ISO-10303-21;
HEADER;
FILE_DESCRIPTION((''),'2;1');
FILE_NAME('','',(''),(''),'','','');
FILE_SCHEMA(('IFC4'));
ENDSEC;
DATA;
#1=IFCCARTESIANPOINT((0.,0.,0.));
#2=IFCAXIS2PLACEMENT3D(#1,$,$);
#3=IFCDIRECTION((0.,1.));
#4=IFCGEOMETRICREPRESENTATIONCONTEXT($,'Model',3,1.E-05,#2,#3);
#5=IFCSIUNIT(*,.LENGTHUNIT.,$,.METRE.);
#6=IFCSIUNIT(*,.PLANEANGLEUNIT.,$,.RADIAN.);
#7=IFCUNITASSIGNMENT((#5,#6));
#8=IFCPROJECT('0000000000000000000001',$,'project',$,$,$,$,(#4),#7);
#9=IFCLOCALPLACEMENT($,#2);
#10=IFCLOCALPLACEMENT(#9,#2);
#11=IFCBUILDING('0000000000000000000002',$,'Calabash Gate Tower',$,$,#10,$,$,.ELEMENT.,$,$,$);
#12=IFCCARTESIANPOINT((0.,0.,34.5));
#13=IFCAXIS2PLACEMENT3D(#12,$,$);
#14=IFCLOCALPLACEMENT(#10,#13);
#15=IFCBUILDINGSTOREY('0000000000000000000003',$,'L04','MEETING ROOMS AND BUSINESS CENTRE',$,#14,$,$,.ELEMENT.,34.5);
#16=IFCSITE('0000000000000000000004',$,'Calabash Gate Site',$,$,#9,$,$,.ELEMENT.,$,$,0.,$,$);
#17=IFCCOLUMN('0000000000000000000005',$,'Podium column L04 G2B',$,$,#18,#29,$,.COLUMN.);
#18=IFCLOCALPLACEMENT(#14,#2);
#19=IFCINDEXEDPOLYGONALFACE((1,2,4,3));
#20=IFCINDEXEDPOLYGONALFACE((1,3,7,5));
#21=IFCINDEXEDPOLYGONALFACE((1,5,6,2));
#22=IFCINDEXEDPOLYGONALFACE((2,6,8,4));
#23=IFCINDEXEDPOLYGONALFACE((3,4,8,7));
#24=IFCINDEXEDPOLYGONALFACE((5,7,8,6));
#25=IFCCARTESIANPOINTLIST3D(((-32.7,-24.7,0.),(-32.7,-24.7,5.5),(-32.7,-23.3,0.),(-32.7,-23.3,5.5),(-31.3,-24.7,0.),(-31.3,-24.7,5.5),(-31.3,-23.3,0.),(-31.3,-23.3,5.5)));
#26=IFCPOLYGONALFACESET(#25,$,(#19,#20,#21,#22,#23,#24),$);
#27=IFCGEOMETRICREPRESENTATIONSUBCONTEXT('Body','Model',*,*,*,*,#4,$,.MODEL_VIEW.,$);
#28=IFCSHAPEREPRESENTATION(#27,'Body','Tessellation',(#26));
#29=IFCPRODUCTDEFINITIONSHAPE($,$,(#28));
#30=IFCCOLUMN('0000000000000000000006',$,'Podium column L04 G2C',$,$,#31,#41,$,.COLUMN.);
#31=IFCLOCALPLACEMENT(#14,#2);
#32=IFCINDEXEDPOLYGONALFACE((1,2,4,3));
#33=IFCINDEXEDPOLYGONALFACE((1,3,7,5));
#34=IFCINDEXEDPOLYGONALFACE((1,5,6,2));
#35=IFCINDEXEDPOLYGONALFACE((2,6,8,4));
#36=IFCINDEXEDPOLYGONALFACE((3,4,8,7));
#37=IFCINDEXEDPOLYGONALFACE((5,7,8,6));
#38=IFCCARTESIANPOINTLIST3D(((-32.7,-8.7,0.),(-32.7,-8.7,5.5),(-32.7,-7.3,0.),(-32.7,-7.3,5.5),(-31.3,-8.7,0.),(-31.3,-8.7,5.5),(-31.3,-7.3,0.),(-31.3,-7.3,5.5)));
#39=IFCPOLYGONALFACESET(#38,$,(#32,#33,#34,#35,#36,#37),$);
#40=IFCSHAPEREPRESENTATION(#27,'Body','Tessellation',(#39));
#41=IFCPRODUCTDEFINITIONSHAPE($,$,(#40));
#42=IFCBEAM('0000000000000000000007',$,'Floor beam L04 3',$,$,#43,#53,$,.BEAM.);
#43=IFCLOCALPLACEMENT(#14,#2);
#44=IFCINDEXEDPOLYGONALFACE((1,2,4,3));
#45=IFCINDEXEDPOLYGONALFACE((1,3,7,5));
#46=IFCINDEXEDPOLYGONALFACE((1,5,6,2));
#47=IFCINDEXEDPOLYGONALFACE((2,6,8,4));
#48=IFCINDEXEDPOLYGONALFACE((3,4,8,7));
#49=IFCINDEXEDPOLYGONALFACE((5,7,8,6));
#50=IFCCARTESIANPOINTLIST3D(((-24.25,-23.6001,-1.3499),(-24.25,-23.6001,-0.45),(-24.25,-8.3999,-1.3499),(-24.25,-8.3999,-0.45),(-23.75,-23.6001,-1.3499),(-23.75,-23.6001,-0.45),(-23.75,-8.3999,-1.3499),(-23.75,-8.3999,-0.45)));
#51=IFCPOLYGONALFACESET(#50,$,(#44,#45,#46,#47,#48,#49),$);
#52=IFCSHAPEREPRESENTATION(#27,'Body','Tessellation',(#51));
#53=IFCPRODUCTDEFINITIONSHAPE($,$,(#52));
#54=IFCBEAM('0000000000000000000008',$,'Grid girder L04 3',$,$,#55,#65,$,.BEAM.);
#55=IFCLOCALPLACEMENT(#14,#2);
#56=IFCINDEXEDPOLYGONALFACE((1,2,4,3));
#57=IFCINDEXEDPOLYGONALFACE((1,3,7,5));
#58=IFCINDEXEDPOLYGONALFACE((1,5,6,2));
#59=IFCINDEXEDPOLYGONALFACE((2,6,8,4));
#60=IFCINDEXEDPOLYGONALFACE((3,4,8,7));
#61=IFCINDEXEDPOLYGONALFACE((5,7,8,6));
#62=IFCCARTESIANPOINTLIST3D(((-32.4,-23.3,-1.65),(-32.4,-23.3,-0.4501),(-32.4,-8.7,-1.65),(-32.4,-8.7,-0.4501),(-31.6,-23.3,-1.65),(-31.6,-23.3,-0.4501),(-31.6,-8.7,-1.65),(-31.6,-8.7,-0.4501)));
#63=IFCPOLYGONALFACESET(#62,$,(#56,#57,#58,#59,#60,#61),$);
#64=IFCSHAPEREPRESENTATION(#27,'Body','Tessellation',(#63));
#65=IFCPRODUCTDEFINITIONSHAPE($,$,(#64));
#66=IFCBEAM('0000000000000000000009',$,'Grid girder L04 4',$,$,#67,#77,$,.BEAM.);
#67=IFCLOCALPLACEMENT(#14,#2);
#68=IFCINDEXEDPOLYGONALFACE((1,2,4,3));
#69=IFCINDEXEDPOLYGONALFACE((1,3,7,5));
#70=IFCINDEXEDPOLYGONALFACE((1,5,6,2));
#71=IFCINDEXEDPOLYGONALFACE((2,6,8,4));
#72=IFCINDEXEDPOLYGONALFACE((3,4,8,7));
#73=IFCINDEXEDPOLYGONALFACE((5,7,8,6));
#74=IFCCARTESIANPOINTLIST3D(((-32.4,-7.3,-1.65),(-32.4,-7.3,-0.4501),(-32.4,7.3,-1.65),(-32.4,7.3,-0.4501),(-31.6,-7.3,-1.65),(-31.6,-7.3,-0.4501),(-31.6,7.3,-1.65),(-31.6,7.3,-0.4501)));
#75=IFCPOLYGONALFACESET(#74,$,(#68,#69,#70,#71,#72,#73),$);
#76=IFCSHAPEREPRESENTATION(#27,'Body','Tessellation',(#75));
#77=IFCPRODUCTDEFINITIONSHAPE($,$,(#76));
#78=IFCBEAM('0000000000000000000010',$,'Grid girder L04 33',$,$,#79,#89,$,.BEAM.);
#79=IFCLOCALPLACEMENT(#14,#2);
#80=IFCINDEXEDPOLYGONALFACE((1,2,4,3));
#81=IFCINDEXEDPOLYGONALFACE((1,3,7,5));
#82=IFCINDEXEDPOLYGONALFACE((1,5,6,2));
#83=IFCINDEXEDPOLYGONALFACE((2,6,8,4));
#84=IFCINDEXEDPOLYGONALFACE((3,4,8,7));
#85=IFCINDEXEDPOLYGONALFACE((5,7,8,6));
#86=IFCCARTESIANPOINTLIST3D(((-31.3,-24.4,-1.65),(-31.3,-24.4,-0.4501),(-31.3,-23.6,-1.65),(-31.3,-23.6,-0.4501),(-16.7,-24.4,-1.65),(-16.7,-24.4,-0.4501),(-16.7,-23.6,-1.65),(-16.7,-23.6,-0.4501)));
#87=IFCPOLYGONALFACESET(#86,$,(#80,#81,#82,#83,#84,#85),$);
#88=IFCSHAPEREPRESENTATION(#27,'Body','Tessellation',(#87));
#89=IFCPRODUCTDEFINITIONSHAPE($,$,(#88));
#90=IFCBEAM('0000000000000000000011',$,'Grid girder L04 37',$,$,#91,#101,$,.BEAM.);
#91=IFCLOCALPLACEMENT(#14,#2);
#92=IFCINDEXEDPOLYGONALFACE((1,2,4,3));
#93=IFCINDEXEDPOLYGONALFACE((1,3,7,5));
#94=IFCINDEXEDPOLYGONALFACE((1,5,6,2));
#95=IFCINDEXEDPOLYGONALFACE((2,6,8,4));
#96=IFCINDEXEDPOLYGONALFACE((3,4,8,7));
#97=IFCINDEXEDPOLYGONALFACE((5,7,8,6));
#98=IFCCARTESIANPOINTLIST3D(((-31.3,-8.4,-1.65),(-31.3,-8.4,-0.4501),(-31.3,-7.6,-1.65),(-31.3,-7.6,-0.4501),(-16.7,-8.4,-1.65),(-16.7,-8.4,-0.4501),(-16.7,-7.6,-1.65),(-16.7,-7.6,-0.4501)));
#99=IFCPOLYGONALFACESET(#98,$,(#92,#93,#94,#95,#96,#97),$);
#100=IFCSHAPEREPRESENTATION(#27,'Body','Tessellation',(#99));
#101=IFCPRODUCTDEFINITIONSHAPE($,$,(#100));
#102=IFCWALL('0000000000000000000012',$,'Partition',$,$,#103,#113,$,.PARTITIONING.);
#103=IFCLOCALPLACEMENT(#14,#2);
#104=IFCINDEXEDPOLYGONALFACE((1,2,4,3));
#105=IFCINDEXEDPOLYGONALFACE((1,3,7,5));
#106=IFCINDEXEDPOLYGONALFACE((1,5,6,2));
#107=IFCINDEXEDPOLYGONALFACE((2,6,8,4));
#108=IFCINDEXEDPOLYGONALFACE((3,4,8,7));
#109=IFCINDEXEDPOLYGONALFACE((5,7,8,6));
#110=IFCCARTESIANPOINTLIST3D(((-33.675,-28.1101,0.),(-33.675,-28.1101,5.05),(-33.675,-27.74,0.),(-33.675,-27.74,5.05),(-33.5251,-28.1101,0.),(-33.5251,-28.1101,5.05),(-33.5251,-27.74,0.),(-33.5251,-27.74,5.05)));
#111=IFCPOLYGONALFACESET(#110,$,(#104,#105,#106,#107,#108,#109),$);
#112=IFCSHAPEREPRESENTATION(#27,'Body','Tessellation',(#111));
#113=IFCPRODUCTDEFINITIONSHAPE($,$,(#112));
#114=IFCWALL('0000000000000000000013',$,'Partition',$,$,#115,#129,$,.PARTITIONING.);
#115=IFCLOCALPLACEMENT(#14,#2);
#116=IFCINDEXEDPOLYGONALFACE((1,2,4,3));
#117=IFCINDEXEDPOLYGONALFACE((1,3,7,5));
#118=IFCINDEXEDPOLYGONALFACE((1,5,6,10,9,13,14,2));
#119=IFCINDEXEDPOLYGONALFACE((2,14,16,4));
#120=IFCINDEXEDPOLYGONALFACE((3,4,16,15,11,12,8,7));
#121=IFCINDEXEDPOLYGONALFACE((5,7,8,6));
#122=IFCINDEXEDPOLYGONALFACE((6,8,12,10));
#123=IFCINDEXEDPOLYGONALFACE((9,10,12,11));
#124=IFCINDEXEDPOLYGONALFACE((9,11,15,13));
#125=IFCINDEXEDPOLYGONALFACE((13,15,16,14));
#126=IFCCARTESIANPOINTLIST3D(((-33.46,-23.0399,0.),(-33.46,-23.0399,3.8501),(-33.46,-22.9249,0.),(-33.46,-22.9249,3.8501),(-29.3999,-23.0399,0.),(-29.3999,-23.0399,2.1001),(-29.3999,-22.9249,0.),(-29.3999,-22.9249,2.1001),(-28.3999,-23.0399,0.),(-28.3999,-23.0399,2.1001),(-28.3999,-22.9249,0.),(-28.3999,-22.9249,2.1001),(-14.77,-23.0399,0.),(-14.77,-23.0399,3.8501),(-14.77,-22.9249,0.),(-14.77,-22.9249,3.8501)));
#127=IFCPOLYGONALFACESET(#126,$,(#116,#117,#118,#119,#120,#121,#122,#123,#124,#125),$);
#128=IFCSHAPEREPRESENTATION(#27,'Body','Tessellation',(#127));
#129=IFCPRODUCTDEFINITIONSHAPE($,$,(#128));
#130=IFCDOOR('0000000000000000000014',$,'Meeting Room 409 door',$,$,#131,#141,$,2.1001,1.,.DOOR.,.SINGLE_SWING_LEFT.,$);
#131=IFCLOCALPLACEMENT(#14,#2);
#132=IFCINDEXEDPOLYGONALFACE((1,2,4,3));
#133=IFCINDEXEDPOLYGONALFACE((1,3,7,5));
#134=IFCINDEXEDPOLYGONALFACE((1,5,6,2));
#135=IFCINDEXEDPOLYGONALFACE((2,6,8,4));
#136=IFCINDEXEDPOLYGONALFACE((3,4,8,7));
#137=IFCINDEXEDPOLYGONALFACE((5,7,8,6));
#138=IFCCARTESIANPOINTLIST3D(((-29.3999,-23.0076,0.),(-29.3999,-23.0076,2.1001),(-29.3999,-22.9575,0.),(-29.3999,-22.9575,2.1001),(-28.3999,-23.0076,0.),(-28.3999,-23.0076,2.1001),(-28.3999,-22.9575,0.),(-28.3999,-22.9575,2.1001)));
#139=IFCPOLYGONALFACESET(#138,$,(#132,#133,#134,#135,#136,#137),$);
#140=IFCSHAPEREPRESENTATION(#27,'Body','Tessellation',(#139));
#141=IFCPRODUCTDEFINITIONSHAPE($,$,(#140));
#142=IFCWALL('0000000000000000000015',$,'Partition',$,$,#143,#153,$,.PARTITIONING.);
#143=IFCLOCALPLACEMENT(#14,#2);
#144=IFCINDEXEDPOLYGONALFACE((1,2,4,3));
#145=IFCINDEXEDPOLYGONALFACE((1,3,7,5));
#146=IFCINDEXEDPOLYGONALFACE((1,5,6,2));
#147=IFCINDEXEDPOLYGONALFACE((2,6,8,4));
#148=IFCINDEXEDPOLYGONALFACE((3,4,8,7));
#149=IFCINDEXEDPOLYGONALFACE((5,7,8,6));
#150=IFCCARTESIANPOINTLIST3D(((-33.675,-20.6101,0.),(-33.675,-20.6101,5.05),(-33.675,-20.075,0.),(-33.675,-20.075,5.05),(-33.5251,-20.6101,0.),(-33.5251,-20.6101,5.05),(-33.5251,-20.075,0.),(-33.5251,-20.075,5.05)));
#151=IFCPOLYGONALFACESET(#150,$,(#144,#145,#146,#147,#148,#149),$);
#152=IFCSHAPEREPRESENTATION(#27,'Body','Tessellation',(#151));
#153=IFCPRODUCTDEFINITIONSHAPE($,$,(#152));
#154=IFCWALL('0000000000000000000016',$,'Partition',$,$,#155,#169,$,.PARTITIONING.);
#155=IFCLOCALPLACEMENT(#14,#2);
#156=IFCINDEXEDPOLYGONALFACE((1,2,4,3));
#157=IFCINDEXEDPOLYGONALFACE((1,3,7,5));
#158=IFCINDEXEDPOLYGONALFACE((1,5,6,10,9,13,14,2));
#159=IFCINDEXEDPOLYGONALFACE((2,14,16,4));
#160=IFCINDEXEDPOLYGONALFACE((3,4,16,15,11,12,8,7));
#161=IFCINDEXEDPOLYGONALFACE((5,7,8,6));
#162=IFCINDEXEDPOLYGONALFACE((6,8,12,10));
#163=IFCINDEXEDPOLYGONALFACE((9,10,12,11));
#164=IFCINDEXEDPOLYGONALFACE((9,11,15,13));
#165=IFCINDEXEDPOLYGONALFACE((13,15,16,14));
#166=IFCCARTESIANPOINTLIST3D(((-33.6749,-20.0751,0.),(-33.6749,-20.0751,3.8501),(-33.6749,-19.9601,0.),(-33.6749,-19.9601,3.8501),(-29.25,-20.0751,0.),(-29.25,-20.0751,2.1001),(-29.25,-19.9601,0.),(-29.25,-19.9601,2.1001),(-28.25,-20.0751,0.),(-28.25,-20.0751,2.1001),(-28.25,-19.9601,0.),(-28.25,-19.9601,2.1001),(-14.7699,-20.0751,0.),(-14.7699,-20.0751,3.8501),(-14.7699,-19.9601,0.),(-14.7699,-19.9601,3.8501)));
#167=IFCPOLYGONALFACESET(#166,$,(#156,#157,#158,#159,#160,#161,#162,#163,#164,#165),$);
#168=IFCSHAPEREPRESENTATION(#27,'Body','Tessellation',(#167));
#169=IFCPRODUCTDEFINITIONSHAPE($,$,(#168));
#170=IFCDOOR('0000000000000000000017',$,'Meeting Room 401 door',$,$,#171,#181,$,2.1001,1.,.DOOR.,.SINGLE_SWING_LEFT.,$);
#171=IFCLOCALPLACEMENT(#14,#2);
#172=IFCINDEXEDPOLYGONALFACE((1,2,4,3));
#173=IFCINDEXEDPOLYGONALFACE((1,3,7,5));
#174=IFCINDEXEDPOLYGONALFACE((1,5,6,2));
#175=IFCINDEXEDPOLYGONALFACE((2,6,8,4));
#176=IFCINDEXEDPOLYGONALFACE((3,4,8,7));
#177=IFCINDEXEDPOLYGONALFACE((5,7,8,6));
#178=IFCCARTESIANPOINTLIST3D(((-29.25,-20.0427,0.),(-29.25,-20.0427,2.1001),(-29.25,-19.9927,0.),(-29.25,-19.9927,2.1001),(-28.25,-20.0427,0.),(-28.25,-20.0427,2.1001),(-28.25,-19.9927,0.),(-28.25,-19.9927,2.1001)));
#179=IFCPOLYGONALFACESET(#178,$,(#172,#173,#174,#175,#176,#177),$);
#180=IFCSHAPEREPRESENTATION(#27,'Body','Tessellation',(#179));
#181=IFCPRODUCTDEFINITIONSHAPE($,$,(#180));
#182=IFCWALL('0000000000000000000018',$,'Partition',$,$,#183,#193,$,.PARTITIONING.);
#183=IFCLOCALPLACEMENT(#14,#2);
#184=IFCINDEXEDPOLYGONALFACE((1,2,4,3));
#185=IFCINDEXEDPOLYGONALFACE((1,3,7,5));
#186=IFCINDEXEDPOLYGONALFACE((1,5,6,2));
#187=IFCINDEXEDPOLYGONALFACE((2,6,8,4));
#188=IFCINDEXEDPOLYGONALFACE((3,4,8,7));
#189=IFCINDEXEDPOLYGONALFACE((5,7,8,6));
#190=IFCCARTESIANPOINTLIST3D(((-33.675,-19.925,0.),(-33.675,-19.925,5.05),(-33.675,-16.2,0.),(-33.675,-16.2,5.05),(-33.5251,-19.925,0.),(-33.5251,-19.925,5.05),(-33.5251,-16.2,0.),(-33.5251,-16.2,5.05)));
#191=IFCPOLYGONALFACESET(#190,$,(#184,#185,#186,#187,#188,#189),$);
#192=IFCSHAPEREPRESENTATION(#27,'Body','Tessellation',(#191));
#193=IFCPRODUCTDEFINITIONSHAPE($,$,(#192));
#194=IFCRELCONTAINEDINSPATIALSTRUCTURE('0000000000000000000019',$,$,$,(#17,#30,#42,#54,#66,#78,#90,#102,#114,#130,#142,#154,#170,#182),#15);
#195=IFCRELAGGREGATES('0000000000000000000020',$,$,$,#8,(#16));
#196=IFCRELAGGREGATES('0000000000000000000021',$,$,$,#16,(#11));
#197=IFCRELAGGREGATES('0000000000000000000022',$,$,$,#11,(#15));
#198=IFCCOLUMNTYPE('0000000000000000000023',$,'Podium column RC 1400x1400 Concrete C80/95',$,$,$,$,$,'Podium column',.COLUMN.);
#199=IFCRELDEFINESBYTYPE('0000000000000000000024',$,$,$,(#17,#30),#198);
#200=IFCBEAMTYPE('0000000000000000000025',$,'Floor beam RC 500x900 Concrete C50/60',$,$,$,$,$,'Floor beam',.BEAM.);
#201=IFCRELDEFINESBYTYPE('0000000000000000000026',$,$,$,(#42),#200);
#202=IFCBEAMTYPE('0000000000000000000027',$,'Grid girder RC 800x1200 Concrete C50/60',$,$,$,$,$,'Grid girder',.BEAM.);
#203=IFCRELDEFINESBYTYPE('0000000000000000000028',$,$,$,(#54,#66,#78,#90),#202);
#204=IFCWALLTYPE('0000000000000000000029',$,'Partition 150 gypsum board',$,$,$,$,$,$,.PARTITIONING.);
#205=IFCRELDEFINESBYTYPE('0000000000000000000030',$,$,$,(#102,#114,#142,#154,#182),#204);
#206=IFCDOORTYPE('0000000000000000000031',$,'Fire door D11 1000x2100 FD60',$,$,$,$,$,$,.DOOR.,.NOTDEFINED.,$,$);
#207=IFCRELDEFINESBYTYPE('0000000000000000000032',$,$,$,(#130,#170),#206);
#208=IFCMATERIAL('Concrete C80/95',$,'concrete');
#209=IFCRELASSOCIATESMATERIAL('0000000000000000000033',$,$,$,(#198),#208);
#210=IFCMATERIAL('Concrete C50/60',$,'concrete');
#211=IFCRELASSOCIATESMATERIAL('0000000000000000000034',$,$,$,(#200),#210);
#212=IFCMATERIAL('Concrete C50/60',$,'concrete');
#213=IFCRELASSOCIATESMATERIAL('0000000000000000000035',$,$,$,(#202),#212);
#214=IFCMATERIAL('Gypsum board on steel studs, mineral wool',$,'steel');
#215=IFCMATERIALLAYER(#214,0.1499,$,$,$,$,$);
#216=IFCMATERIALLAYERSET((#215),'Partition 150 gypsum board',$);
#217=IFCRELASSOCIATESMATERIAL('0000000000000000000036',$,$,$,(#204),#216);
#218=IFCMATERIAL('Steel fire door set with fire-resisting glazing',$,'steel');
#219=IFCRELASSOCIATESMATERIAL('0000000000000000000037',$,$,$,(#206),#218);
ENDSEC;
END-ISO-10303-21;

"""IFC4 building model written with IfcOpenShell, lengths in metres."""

from ifc_helpers import new_model, si_unit, direction, frame, frame_2d, origin, origin_2d, place, context, subcontext, project, spatial, rectangle, extrude, material, layer, layer_set, material_profile, profile_set, type_object, element, fill, save


model = new_model("IFC4")

# Units and contexts
model_context = context("Model", 3, precision=1e-05, world=origin(), true_north=direction((0.0, 1.0)))
body_context = subcontext(model_context, "Body", "Model", "MODEL_VIEW")
ifc_project = project(units=[si_unit("LENGTHUNIT", "METRE"), si_unit("PLANEANGLEUNIT", "RADIAN")], contexts=[model_context])

# Site, building, storey
site_placement = place(None, origin())
site = spatial("IfcSite", under=ifc_project, at=site_placement, Name="Calabash Gate Site", CompositionType="ELEMENT", RefElevation=0.0)
building_placement = place(site_placement, origin())
building = spatial("IfcBuilding", under=site, at=building_placement, Name="Calabash Gate Tower", CompositionType="ELEMENT")
storey_placement = place(building_placement, frame((0.0, 0.0, 34.5)))
storey = spatial("IfcBuildingStorey", under=building, at=storey_placement, Name="L04", Description="MEETING ROOMS AND BUSINESS CENTRE", CompositionType="ELEMENT", Elevation=34.5)

# Columns
ifc_material_1 = material(Name="Concrete C80/95", Category="concrete")
ifc_material_profile_1 = material_profile(ifc_material_1, rectangle(XDim=1.3999, YDim=1.3999, at=origin_2d()))
ifc_profile_set_1 = profile_set([ifc_material_profile_1], Name="Concrete C80/95")
column_type = type_object("IfcColumnType", Name="Podium column RC 1400x1400 Concrete C80/95", ElementType="Podium column", PredefinedType="COLUMN", material=ifc_profile_set_1)
for number, where, z_axis, x_axis, name in (
    (1, (-32.0, -24.0, 0.0), (0.0, 0.0, 1.0), (1.0, 0.0, 0.0), "Podium column L04 G2B"),
    (2, (-32.0, -8.0, 0.0), (0.0, 0.0, 1.0), (1.0, 0.0, 0.0), "Podium column L04 G2C"),
):
    element("IfcColumn", number, at=place(storey_placement, frame(where, z_axis=z_axis, x_axis=x_axis)), inside=storey, type_object=column_type, Name=name, PredefinedType="COLUMN", context=body_context, shape_type="SweptSolid", body=[
        extrude(rectangle(XDim=1.3999, YDim=1.3999, at=origin_2d()), origin(), (0.0, 0.0, 1.0), 5.5),
    ])

# Beams
ifc_material_2 = material(Name="Concrete C50/60", Category="concrete")
ifc_material_profile_2 = material_profile(ifc_material_2, rectangle(XDim=0.5, YDim=0.8999, at=origin_2d()))
ifc_profile_set_2 = profile_set([ifc_material_profile_2], Name="Concrete C50/60")
beam_type_1 = type_object("IfcBeamType", Name="Floor beam RC 500x900 Concrete C50/60", ElementType="Floor beam", PredefinedType="BEAM", material=ifc_profile_set_2)
beam_placement = place(storey_placement, frame((-24.0, -23.6001, -0.8999), z_axis=(0.0, 1.0, 0.0), x_axis=(-1.0, 0.0, 0.0)))
element("IfcBeam", 3, at=beam_placement, inside=storey, type_object=beam_type_1, Name="Floor beam L04 3", PredefinedType="BEAM", context=body_context, shape_type="SweptSolid", body=[
    extrude(rectangle(XDim=0.5, YDim=0.8999, at=origin_2d()), origin(), (0.0, 0.0, 1.0), 15.2002),
])
ifc_material_3 = material(Name="Concrete C50/60", Category="concrete")
ifc_material_profile_3 = material_profile(ifc_material_3, rectangle(XDim=0.8, YDim=1.2, at=origin_2d()))
ifc_profile_set_3 = profile_set([ifc_material_profile_3], Name="Concrete C50/60")
beam_type_2 = type_object("IfcBeamType", Name="Grid girder RC 800x1200 Concrete C50/60", ElementType="Grid girder", PredefinedType="BEAM", material=ifc_profile_set_3)
for number, where, z_axis, x_axis, name in (
    (4, (-32.0, -23.3, -1.05), (0.0, 1.0, 0.0), (-1.0, 0.0, 0.0), "Grid girder L04 3"),
    (5, (-32.0, -7.3, -1.05), (0.0, 1.0, 0.0), (-1.0, 0.0, 0.0), "Grid girder L04 4"),
    (6, (-31.3, -24.0, -1.05), (1.0, 0.0, 0.0), (0.0, 1.0, 0.0), "Grid girder L04 33"),
    (7, (-31.3, -8.0, -1.05), (1.0, 0.0, 0.0), (0.0, 1.0, 0.0), "Grid girder L04 37"),
):
    element("IfcBeam", number, at=place(storey_placement, frame(where, z_axis=z_axis, x_axis=x_axis)), inside=storey, type_object=beam_type_2, Name=name, PredefinedType="BEAM", context=body_context, shape_type="SweptSolid", body=[
        extrude(rectangle(XDim=0.8, YDim=1.2, at=origin_2d()), origin(), (0.0, 0.0, 1.0), 14.6001),
    ])

# Wall
ifc_material_4 = material(Name="Gypsum board on steel studs, mineral wool", Category="steel")
ifc_layer_1 = layer(ifc_material_4, 0.1499)
ifc_layer_set_1 = layer_set([ifc_layer_1], Name="Partition 150 gypsum board")
wall_type_1 = type_object("IfcWallType", Name="Partition 150 gypsum board", PredefinedType="PARTITIONING", material=ifc_layer_set_1)
wall_1_placement = place(storey_placement, frame((-33.6001, -28.1101, 0.0), z_axis=(0.0, 0.0, 1.0), x_axis=(0.0, 1.0, 0.0)))
element("IfcWall", 8, at=wall_1_placement, inside=storey, type_object=wall_type_1, Name="Partition", PredefinedType="PARTITIONING", context=body_context, shape_type="SweptSolid", body=[
    extrude(rectangle(XDim=0.3701, YDim=0.1499, at=frame_2d((0.1851, 0.0))), origin(), (0.0, 0.0, 1.0), 5.05),
])

# Wall, opening, door
wall_2_placement = place(storey_placement, frame((-33.46, -22.9824, 0.0), z_axis=(0.0, 0.0, 1.0), x_axis=(1.0, 0.0, 0.0)))
wall_2 = element("IfcWall", 9, at=wall_2_placement, inside=storey, type_object=wall_type_1, Name="Partition", PredefinedType="PARTITIONING", context=body_context, shape_type="SweptSolid", body=[
    extrude(rectangle(XDim=18.6899, YDim=0.115, at=frame_2d((9.345, 0.0))), origin(), (0.0, 0.0, 1.0), 3.8501),
])
opening_1_placement = place(wall_2_placement, frame((4.0601, 0.0, 0.0)))
opening_1 = element("IfcOpeningElement", 10, at=opening_1_placement, cuts=wall_2, PredefinedType="OPENING", context=body_context, shape_type="SweptSolid", body=[
    extrude(rectangle(XDim=1.0, YDim=2.1001, at=frame_2d((0.5, 1.05))), frame((0.0, 0.0674, 0.0), z_axis=(0.0, -1.0, 0.0), x_axis=(1.0, 0.0, 0.0)), (0.0, 0.0, 1.0), 0.135),
])
ifc_material_5 = material(Name="Steel fire door set with fire-resisting glazing", Category="steel")
door_type_1 = type_object("IfcDoorType", Name="Fire door D11 1000x2100 FD60", OperationType="NOTDEFINED", PredefinedType="DOOR", material=ifc_material_5)
door_1_placement = place(opening_1_placement, origin())
door_1 = element("IfcDoor", 11, at=door_1_placement, inside=storey, type_object=door_type_1, Name="Meeting Room 409 door", OperationType="SINGLE_SWING_LEFT", OverallHeight=2.1001, OverallWidth=1.0, PredefinedType="DOOR", context=body_context, shape_type="SweptSolid", body=[
    extrude(rectangle(XDim=1.0, YDim=2.1001, at=frame_2d((0.5, 1.05))), frame((0.0, 0.0249, 0.0), z_axis=(0.0, -1.0, 0.0), x_axis=(1.0, 0.0, 0.0)), (0.0, 0.0, 1.0), 0.05),
])
fill(opening_1, door_1)

# Wall
wall_3_placement = place(storey_placement, frame((-33.6001, -20.6101, 0.0), z_axis=(0.0, 0.0, 1.0), x_axis=(0.0, 1.0, 0.0)))
element("IfcWall", 12, at=wall_3_placement, inside=storey, type_object=wall_type_1, Name="Partition", PredefinedType="PARTITIONING", context=body_context, shape_type="SweptSolid", body=[
    extrude(rectangle(XDim=0.5352, YDim=0.1499, at=frame_2d((0.2676, 0.0))), origin(), (0.0, 0.0, 1.0), 5.05),
])

# Wall, opening, door
wall_4_placement = place(storey_placement, frame((-33.675, -20.0176, 0.0), z_axis=(0.0, 0.0, 1.0), x_axis=(1.0, 0.0, 0.0)))
wall_4 = element("IfcWall", 13, at=wall_4_placement, inside=storey, type_object=wall_type_1, Name="Partition", PredefinedType="PARTITIONING", context=body_context, shape_type="SweptSolid", body=[
    extrude(rectangle(XDim=18.905, YDim=0.115, at=frame_2d((9.4526, 0.0))), origin(), (0.0, 0.0, 1.0), 3.8501),
])
opening_2_placement = place(wall_4_placement, frame((4.425, 0.0, 0.0)))
opening_2 = element("IfcOpeningElement", 14, at=opening_2_placement, cuts=wall_4, PredefinedType="OPENING", context=body_context, shape_type="SweptSolid", body=[
    extrude(rectangle(XDim=1.0, YDim=2.1001, at=frame_2d((0.5, 1.05))), frame((0.0, 0.0674, 0.0), z_axis=(0.0, -1.0, 0.0), x_axis=(1.0, 0.0, 0.0)), (0.0, 0.0, 1.0), 0.135),
])
door_2_placement = place(opening_2_placement, origin())
door_2 = element("IfcDoor", 15, at=door_2_placement, inside=storey, type_object=door_type_1, Name="Meeting Room 401 door", OperationType="SINGLE_SWING_LEFT", OverallHeight=2.1001, OverallWidth=1.0, PredefinedType="DOOR", context=body_context, shape_type="SweptSolid", body=[
    extrude(rectangle(XDim=1.0, YDim=2.1001, at=frame_2d((0.5, 1.05))), frame((0.0, 0.0249, 0.0), z_axis=(0.0, -1.0, 0.0), x_axis=(1.0, 0.0, 0.0)), (0.0, 0.0, 1.0), 0.05),
])
fill(opening_2, door_2)

# Wall
wall_5_placement = place(storey_placement, frame((-33.6001, -19.925, 0.0), z_axis=(0.0, 0.0, 1.0), x_axis=(0.0, 1.0, 0.0)))
element("IfcWall", 16, at=wall_5_placement, inside=storey, type_object=wall_type_1, Name="Partition", PredefinedType="PARTITIONING", context=body_context, shape_type="SweptSolid", body=[
    extrude(rectangle(XDim=3.7251, YDim=0.1499, at=frame_2d((1.8625, 0.0))), origin(), (0.0, 0.0, 1.0), 5.05),
])

save(model, "model.ifc")
